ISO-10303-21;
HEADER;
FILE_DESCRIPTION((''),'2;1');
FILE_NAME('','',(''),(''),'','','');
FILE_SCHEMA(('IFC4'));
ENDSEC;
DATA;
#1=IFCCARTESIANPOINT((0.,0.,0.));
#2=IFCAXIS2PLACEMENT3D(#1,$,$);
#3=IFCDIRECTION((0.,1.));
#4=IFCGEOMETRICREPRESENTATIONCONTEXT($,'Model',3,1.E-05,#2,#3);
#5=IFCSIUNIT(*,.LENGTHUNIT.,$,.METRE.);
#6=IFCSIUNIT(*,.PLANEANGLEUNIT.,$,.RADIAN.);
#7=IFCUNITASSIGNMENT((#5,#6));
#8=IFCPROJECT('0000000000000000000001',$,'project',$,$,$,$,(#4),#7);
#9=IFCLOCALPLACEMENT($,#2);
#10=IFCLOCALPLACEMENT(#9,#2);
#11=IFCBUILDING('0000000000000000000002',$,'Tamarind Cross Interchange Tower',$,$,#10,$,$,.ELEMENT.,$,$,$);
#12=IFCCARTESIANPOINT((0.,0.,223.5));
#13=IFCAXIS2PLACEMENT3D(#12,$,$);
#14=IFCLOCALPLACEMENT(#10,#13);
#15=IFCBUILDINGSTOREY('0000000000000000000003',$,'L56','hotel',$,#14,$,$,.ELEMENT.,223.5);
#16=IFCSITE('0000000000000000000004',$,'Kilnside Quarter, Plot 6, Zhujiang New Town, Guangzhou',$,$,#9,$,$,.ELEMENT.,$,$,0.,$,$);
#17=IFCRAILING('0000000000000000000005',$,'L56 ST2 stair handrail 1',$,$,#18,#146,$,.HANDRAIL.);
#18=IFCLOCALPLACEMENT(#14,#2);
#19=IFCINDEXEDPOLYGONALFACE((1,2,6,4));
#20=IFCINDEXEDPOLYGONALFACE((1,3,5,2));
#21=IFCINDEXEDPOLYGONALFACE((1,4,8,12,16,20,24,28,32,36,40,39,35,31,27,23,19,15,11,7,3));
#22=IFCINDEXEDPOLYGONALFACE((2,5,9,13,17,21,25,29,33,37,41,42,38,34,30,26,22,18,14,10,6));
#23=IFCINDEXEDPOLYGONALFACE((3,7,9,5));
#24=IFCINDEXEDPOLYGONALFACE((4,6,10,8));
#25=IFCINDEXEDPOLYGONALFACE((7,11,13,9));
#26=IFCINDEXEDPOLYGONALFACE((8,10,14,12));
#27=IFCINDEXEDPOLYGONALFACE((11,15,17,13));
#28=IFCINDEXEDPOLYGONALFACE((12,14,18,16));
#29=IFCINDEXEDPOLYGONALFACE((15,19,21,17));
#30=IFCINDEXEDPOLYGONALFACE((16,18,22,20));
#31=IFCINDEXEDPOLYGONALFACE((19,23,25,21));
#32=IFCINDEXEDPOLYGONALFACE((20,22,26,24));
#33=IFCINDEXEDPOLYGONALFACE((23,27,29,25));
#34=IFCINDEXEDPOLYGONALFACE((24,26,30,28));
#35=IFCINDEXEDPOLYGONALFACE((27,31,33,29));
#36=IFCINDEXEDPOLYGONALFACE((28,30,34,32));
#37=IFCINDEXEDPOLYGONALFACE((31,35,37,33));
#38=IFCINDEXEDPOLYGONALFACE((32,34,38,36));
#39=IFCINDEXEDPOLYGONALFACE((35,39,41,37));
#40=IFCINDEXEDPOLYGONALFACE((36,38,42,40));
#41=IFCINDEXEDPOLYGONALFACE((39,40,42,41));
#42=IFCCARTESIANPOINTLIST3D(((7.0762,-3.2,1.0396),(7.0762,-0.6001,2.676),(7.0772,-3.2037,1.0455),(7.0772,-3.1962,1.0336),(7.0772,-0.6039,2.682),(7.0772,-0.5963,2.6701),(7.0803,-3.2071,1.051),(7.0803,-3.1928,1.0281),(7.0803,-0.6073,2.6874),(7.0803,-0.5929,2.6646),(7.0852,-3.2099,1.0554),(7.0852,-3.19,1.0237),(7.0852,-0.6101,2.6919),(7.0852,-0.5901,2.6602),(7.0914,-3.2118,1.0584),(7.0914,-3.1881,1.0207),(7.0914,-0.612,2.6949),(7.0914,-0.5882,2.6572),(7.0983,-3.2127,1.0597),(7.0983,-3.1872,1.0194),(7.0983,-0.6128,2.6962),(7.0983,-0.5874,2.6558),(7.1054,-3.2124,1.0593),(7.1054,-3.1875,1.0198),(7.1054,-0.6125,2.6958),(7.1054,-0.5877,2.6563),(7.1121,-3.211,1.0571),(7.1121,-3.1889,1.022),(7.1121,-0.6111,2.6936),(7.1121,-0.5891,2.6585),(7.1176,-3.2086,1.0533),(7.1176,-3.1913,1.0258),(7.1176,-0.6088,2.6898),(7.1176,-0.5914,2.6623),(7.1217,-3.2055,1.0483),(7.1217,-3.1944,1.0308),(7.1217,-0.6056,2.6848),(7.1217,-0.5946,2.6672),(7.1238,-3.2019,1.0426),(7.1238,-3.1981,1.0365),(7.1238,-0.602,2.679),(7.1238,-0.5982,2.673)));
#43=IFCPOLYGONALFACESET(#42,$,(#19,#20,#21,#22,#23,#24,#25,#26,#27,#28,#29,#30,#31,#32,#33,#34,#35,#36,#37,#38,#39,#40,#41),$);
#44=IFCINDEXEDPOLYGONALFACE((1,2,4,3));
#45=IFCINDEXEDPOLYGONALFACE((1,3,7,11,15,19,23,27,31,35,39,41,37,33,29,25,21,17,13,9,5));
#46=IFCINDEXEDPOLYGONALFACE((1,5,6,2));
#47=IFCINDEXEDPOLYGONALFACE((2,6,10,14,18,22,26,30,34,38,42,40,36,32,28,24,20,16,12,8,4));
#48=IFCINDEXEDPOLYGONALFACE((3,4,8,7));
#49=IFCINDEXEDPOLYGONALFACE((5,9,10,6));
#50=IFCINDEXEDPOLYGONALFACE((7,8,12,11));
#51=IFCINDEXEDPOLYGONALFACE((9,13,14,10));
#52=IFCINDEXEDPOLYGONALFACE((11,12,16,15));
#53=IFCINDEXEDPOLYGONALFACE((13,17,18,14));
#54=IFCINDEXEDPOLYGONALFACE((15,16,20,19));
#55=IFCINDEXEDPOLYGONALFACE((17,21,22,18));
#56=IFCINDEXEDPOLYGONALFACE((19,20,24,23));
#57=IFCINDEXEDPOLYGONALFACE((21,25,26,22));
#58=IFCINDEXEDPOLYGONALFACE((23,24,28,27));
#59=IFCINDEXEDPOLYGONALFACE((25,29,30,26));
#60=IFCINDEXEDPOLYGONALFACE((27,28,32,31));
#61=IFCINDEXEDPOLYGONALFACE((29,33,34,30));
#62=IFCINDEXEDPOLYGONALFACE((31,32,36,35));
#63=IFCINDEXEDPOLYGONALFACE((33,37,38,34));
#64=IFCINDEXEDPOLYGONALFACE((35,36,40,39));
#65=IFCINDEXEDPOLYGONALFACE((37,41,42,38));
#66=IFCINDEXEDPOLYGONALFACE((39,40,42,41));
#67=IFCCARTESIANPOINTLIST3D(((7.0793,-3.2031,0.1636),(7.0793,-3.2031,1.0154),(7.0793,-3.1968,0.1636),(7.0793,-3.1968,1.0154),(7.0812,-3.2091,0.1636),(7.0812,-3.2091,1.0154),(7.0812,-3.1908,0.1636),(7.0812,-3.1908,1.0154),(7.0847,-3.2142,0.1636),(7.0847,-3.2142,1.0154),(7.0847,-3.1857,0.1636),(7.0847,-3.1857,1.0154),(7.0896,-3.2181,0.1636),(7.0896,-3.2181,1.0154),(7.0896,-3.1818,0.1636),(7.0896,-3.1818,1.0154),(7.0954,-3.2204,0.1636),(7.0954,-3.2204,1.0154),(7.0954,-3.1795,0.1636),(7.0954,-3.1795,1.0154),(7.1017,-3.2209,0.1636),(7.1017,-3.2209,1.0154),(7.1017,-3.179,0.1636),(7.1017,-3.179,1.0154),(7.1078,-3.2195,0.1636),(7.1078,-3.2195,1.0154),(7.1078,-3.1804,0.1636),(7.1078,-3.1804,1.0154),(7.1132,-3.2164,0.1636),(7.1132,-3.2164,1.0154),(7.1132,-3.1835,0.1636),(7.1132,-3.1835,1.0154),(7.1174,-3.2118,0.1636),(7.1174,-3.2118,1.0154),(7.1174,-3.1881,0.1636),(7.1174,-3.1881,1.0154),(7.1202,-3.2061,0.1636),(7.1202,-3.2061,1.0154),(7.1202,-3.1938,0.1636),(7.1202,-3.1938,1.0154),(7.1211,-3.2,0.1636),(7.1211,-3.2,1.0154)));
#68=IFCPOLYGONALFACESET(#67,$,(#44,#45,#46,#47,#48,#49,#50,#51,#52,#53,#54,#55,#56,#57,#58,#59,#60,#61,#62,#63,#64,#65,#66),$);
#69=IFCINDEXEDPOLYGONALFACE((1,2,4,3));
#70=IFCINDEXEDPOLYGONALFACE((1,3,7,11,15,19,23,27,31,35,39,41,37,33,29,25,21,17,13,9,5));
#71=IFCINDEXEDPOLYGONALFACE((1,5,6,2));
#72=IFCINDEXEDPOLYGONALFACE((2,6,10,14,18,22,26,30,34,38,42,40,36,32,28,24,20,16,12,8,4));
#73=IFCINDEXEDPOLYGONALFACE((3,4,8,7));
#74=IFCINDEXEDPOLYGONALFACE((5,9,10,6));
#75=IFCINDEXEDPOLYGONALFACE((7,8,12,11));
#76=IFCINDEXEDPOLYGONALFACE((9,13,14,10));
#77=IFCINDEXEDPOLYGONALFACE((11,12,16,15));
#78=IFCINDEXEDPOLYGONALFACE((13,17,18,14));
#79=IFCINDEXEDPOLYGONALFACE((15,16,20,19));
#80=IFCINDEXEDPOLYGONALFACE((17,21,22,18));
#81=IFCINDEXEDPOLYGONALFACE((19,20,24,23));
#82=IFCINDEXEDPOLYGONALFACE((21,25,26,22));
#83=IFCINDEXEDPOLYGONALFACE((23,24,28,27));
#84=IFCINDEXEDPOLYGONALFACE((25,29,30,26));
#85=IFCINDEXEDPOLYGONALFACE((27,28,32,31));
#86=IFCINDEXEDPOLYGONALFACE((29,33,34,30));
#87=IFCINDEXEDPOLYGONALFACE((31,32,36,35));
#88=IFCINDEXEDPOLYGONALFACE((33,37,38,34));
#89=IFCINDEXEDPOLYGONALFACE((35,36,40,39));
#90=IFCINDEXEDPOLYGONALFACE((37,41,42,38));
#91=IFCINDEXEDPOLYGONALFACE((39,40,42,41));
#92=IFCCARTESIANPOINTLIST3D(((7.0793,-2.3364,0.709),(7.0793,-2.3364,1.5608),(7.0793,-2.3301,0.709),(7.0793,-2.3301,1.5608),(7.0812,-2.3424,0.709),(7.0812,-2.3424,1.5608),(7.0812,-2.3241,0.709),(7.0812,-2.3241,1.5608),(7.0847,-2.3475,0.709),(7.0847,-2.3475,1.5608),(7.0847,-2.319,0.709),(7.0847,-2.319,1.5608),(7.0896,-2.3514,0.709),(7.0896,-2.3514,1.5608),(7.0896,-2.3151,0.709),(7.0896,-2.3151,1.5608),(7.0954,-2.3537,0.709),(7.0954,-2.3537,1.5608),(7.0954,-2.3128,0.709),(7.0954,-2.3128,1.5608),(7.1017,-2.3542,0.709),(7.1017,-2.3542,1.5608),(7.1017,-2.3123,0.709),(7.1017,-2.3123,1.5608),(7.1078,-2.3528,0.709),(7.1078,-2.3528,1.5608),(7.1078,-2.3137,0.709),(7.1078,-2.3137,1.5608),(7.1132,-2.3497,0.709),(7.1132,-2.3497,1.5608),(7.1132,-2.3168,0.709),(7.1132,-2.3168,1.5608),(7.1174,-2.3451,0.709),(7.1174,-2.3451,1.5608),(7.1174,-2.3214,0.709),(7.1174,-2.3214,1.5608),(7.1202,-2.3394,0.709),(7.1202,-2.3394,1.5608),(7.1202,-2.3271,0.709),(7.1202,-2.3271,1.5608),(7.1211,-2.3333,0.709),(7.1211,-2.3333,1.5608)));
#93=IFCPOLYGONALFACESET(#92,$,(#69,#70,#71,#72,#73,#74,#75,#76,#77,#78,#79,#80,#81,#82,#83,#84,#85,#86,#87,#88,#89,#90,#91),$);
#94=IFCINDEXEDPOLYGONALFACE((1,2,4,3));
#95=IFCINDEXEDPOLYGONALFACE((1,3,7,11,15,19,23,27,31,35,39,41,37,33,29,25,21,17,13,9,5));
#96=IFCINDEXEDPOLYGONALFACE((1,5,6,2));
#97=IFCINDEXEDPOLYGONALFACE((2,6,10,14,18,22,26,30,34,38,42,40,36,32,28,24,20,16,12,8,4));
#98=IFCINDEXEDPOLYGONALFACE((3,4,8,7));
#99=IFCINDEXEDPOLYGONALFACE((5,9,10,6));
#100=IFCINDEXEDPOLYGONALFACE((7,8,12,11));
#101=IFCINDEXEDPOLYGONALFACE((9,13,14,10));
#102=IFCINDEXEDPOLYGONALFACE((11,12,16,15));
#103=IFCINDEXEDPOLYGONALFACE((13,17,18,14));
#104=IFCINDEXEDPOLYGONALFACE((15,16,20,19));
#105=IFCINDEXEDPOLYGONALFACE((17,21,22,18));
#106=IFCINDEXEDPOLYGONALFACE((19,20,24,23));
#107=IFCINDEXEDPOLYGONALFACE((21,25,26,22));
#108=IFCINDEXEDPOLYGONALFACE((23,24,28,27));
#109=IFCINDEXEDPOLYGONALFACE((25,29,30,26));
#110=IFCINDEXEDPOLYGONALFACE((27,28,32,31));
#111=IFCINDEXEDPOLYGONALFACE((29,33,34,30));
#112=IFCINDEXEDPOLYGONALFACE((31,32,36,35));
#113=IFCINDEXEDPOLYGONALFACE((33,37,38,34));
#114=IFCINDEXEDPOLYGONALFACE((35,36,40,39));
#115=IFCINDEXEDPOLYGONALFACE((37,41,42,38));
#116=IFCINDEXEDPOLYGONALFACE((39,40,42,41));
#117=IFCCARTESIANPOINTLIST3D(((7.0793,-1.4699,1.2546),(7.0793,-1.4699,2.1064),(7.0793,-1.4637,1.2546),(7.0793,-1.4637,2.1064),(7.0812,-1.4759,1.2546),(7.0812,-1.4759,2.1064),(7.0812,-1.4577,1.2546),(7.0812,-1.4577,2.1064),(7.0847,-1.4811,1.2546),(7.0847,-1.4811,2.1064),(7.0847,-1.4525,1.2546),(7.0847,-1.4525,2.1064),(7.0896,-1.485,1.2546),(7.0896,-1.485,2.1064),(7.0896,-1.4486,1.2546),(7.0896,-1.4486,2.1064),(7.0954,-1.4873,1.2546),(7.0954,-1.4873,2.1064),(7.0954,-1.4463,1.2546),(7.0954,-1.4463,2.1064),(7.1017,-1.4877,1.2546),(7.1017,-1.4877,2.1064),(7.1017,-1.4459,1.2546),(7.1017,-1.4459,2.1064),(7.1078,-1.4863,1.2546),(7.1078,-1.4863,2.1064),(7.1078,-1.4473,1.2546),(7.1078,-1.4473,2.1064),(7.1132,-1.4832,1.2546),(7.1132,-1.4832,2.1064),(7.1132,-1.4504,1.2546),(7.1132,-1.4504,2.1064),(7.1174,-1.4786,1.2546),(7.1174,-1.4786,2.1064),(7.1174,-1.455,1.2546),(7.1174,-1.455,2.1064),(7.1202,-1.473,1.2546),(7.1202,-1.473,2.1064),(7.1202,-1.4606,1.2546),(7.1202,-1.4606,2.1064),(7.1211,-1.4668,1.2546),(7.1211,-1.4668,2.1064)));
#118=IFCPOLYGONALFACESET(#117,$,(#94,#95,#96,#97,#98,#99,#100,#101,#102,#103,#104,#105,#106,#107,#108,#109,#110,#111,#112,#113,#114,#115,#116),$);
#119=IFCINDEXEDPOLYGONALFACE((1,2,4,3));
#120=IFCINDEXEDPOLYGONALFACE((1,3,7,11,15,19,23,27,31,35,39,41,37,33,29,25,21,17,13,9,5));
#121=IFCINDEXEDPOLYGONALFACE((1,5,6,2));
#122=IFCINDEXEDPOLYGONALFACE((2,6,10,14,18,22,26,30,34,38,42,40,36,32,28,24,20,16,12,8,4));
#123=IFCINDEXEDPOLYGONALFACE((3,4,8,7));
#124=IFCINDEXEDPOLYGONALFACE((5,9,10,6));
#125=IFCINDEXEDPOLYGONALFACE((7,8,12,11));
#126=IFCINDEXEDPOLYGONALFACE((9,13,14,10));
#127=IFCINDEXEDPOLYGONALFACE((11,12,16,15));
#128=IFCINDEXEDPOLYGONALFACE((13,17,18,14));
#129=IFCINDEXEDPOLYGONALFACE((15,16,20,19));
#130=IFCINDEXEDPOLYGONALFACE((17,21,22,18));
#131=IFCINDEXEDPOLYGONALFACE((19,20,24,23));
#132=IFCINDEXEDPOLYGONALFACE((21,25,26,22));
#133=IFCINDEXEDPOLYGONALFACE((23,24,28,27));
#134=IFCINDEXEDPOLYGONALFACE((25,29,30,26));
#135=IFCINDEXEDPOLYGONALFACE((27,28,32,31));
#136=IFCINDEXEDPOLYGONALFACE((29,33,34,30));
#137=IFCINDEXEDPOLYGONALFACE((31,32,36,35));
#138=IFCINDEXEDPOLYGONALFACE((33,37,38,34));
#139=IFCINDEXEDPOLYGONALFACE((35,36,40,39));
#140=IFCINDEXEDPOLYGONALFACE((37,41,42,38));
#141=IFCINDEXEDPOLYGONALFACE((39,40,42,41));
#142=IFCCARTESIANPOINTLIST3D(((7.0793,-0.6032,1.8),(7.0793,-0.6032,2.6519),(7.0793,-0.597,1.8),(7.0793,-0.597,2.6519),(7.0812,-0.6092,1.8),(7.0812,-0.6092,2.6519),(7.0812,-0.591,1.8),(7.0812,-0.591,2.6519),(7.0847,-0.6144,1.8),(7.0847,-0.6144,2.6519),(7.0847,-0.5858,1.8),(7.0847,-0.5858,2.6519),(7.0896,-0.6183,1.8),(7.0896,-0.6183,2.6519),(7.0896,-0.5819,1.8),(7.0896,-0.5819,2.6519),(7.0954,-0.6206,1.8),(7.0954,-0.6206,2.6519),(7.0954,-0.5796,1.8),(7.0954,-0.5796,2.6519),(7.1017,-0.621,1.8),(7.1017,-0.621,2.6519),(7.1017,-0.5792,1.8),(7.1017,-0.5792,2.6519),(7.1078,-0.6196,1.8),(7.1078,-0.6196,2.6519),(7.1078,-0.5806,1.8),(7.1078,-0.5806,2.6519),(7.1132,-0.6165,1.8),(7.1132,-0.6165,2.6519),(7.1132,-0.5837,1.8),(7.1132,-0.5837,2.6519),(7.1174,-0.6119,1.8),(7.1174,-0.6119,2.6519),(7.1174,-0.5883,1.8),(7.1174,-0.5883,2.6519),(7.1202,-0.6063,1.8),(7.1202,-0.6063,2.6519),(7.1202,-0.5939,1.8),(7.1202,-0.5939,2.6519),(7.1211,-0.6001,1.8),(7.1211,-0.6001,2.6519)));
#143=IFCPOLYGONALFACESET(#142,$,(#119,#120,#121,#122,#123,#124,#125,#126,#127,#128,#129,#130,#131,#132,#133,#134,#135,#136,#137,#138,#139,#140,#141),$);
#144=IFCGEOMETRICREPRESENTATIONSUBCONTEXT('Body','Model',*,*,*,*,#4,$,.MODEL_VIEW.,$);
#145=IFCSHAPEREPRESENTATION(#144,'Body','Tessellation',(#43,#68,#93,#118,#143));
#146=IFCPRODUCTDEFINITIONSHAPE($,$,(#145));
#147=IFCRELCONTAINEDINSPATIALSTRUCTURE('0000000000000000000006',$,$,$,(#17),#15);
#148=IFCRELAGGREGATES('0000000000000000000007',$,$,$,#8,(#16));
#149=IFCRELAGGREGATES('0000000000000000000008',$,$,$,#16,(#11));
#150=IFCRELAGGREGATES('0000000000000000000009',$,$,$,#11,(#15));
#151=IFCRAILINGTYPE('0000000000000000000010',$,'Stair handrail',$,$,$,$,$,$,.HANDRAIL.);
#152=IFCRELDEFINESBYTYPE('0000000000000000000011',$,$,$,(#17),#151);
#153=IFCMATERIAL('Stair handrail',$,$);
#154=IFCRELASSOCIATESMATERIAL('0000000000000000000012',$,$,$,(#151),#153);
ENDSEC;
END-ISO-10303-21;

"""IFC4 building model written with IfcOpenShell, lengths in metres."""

from ifc_helpers import new_model, si_unit, direction, frame, origin, origin_2d, place, context, subcontext, project, spatial, circle, extrude, material, type_object, element, save


model = new_model("IFC4")

# Units and contexts
model_context = context("Model", 3, precision=1e-05, world=origin(), true_north=direction((0.0, 1.0)))
body_context = subcontext(model_context, "Body", "Model", "MODEL_VIEW")
ifc_project = project(units=[si_unit("LENGTHUNIT", "METRE"), si_unit("PLANEANGLEUNIT", "RADIAN")], contexts=[model_context])

# Site, building, storey
site_placement = place(None, origin())
site = spatial("IfcSite", under=ifc_project, at=site_placement, Name="Kilnside Quarter, Plot 6, Zhujiang New Town, Guangzhou", CompositionType="ELEMENT", RefElevation=0.0)
building_placement = place(site_placement, origin())
building = spatial("IfcBuilding", under=site, at=building_placement, Name="Tamarind Cross Interchange Tower", CompositionType="ELEMENT")
storey_placement = place(building_placement, frame((0.0, 0.0, 223.5)))
storey = spatial("IfcBuildingStorey", under=building, at=storey_placement, Name="L56", Description="hotel", CompositionType="ELEMENT", Elevation=223.5)

# Railing
ifc_material_1 = material(Name="Stair handrail")
railing_type_1 = type_object("IfcRailingType", Name="Stair handrail", PredefinedType="HANDRAIL", material=ifc_material_1)
railing_1_placement = place(storey_placement, frame((7.1001, -3.2, 0.1636)))
element("IfcRailing", 1, at=railing_1_placement, inside=storey, type_object=railing_type_1, Name="L56 ST2 stair handrail 1", PredefinedType="HANDRAIL", context=body_context, shape_type="SweptSolid", body=[
    extrude(circle(Radius=0.0239, at=origin_2d()), frame((0.0, 0.0, 0.876), z_axis=(0.0, 0.846302, 0.532704), x_axis=(-1.0, 0.0, 0.0)), (0.0, 0.0, 1.0), 3.072),
    extrude(circle(Radius=0.021, at=origin_2d()), origin(), (0.0, 0.0, 1.0), 0.8518),
    extrude(circle(Radius=0.021, at=origin_2d()), frame((0.0, 0.8667, 0.5454)), (0.0, 0.0, 1.0), 0.8518),
    extrude(circle(Radius=0.021, at=origin_2d()), frame((0.0, 1.7332, 1.0911)), (0.0, 0.0, 1.0), 0.8518),
    extrude(circle(Radius=0.021, at=origin_2d()), frame((0.0, 2.5999, 1.6365)), (0.0, 0.0, 1.0), 0.8518),
])

save(model, "model.ifc")
